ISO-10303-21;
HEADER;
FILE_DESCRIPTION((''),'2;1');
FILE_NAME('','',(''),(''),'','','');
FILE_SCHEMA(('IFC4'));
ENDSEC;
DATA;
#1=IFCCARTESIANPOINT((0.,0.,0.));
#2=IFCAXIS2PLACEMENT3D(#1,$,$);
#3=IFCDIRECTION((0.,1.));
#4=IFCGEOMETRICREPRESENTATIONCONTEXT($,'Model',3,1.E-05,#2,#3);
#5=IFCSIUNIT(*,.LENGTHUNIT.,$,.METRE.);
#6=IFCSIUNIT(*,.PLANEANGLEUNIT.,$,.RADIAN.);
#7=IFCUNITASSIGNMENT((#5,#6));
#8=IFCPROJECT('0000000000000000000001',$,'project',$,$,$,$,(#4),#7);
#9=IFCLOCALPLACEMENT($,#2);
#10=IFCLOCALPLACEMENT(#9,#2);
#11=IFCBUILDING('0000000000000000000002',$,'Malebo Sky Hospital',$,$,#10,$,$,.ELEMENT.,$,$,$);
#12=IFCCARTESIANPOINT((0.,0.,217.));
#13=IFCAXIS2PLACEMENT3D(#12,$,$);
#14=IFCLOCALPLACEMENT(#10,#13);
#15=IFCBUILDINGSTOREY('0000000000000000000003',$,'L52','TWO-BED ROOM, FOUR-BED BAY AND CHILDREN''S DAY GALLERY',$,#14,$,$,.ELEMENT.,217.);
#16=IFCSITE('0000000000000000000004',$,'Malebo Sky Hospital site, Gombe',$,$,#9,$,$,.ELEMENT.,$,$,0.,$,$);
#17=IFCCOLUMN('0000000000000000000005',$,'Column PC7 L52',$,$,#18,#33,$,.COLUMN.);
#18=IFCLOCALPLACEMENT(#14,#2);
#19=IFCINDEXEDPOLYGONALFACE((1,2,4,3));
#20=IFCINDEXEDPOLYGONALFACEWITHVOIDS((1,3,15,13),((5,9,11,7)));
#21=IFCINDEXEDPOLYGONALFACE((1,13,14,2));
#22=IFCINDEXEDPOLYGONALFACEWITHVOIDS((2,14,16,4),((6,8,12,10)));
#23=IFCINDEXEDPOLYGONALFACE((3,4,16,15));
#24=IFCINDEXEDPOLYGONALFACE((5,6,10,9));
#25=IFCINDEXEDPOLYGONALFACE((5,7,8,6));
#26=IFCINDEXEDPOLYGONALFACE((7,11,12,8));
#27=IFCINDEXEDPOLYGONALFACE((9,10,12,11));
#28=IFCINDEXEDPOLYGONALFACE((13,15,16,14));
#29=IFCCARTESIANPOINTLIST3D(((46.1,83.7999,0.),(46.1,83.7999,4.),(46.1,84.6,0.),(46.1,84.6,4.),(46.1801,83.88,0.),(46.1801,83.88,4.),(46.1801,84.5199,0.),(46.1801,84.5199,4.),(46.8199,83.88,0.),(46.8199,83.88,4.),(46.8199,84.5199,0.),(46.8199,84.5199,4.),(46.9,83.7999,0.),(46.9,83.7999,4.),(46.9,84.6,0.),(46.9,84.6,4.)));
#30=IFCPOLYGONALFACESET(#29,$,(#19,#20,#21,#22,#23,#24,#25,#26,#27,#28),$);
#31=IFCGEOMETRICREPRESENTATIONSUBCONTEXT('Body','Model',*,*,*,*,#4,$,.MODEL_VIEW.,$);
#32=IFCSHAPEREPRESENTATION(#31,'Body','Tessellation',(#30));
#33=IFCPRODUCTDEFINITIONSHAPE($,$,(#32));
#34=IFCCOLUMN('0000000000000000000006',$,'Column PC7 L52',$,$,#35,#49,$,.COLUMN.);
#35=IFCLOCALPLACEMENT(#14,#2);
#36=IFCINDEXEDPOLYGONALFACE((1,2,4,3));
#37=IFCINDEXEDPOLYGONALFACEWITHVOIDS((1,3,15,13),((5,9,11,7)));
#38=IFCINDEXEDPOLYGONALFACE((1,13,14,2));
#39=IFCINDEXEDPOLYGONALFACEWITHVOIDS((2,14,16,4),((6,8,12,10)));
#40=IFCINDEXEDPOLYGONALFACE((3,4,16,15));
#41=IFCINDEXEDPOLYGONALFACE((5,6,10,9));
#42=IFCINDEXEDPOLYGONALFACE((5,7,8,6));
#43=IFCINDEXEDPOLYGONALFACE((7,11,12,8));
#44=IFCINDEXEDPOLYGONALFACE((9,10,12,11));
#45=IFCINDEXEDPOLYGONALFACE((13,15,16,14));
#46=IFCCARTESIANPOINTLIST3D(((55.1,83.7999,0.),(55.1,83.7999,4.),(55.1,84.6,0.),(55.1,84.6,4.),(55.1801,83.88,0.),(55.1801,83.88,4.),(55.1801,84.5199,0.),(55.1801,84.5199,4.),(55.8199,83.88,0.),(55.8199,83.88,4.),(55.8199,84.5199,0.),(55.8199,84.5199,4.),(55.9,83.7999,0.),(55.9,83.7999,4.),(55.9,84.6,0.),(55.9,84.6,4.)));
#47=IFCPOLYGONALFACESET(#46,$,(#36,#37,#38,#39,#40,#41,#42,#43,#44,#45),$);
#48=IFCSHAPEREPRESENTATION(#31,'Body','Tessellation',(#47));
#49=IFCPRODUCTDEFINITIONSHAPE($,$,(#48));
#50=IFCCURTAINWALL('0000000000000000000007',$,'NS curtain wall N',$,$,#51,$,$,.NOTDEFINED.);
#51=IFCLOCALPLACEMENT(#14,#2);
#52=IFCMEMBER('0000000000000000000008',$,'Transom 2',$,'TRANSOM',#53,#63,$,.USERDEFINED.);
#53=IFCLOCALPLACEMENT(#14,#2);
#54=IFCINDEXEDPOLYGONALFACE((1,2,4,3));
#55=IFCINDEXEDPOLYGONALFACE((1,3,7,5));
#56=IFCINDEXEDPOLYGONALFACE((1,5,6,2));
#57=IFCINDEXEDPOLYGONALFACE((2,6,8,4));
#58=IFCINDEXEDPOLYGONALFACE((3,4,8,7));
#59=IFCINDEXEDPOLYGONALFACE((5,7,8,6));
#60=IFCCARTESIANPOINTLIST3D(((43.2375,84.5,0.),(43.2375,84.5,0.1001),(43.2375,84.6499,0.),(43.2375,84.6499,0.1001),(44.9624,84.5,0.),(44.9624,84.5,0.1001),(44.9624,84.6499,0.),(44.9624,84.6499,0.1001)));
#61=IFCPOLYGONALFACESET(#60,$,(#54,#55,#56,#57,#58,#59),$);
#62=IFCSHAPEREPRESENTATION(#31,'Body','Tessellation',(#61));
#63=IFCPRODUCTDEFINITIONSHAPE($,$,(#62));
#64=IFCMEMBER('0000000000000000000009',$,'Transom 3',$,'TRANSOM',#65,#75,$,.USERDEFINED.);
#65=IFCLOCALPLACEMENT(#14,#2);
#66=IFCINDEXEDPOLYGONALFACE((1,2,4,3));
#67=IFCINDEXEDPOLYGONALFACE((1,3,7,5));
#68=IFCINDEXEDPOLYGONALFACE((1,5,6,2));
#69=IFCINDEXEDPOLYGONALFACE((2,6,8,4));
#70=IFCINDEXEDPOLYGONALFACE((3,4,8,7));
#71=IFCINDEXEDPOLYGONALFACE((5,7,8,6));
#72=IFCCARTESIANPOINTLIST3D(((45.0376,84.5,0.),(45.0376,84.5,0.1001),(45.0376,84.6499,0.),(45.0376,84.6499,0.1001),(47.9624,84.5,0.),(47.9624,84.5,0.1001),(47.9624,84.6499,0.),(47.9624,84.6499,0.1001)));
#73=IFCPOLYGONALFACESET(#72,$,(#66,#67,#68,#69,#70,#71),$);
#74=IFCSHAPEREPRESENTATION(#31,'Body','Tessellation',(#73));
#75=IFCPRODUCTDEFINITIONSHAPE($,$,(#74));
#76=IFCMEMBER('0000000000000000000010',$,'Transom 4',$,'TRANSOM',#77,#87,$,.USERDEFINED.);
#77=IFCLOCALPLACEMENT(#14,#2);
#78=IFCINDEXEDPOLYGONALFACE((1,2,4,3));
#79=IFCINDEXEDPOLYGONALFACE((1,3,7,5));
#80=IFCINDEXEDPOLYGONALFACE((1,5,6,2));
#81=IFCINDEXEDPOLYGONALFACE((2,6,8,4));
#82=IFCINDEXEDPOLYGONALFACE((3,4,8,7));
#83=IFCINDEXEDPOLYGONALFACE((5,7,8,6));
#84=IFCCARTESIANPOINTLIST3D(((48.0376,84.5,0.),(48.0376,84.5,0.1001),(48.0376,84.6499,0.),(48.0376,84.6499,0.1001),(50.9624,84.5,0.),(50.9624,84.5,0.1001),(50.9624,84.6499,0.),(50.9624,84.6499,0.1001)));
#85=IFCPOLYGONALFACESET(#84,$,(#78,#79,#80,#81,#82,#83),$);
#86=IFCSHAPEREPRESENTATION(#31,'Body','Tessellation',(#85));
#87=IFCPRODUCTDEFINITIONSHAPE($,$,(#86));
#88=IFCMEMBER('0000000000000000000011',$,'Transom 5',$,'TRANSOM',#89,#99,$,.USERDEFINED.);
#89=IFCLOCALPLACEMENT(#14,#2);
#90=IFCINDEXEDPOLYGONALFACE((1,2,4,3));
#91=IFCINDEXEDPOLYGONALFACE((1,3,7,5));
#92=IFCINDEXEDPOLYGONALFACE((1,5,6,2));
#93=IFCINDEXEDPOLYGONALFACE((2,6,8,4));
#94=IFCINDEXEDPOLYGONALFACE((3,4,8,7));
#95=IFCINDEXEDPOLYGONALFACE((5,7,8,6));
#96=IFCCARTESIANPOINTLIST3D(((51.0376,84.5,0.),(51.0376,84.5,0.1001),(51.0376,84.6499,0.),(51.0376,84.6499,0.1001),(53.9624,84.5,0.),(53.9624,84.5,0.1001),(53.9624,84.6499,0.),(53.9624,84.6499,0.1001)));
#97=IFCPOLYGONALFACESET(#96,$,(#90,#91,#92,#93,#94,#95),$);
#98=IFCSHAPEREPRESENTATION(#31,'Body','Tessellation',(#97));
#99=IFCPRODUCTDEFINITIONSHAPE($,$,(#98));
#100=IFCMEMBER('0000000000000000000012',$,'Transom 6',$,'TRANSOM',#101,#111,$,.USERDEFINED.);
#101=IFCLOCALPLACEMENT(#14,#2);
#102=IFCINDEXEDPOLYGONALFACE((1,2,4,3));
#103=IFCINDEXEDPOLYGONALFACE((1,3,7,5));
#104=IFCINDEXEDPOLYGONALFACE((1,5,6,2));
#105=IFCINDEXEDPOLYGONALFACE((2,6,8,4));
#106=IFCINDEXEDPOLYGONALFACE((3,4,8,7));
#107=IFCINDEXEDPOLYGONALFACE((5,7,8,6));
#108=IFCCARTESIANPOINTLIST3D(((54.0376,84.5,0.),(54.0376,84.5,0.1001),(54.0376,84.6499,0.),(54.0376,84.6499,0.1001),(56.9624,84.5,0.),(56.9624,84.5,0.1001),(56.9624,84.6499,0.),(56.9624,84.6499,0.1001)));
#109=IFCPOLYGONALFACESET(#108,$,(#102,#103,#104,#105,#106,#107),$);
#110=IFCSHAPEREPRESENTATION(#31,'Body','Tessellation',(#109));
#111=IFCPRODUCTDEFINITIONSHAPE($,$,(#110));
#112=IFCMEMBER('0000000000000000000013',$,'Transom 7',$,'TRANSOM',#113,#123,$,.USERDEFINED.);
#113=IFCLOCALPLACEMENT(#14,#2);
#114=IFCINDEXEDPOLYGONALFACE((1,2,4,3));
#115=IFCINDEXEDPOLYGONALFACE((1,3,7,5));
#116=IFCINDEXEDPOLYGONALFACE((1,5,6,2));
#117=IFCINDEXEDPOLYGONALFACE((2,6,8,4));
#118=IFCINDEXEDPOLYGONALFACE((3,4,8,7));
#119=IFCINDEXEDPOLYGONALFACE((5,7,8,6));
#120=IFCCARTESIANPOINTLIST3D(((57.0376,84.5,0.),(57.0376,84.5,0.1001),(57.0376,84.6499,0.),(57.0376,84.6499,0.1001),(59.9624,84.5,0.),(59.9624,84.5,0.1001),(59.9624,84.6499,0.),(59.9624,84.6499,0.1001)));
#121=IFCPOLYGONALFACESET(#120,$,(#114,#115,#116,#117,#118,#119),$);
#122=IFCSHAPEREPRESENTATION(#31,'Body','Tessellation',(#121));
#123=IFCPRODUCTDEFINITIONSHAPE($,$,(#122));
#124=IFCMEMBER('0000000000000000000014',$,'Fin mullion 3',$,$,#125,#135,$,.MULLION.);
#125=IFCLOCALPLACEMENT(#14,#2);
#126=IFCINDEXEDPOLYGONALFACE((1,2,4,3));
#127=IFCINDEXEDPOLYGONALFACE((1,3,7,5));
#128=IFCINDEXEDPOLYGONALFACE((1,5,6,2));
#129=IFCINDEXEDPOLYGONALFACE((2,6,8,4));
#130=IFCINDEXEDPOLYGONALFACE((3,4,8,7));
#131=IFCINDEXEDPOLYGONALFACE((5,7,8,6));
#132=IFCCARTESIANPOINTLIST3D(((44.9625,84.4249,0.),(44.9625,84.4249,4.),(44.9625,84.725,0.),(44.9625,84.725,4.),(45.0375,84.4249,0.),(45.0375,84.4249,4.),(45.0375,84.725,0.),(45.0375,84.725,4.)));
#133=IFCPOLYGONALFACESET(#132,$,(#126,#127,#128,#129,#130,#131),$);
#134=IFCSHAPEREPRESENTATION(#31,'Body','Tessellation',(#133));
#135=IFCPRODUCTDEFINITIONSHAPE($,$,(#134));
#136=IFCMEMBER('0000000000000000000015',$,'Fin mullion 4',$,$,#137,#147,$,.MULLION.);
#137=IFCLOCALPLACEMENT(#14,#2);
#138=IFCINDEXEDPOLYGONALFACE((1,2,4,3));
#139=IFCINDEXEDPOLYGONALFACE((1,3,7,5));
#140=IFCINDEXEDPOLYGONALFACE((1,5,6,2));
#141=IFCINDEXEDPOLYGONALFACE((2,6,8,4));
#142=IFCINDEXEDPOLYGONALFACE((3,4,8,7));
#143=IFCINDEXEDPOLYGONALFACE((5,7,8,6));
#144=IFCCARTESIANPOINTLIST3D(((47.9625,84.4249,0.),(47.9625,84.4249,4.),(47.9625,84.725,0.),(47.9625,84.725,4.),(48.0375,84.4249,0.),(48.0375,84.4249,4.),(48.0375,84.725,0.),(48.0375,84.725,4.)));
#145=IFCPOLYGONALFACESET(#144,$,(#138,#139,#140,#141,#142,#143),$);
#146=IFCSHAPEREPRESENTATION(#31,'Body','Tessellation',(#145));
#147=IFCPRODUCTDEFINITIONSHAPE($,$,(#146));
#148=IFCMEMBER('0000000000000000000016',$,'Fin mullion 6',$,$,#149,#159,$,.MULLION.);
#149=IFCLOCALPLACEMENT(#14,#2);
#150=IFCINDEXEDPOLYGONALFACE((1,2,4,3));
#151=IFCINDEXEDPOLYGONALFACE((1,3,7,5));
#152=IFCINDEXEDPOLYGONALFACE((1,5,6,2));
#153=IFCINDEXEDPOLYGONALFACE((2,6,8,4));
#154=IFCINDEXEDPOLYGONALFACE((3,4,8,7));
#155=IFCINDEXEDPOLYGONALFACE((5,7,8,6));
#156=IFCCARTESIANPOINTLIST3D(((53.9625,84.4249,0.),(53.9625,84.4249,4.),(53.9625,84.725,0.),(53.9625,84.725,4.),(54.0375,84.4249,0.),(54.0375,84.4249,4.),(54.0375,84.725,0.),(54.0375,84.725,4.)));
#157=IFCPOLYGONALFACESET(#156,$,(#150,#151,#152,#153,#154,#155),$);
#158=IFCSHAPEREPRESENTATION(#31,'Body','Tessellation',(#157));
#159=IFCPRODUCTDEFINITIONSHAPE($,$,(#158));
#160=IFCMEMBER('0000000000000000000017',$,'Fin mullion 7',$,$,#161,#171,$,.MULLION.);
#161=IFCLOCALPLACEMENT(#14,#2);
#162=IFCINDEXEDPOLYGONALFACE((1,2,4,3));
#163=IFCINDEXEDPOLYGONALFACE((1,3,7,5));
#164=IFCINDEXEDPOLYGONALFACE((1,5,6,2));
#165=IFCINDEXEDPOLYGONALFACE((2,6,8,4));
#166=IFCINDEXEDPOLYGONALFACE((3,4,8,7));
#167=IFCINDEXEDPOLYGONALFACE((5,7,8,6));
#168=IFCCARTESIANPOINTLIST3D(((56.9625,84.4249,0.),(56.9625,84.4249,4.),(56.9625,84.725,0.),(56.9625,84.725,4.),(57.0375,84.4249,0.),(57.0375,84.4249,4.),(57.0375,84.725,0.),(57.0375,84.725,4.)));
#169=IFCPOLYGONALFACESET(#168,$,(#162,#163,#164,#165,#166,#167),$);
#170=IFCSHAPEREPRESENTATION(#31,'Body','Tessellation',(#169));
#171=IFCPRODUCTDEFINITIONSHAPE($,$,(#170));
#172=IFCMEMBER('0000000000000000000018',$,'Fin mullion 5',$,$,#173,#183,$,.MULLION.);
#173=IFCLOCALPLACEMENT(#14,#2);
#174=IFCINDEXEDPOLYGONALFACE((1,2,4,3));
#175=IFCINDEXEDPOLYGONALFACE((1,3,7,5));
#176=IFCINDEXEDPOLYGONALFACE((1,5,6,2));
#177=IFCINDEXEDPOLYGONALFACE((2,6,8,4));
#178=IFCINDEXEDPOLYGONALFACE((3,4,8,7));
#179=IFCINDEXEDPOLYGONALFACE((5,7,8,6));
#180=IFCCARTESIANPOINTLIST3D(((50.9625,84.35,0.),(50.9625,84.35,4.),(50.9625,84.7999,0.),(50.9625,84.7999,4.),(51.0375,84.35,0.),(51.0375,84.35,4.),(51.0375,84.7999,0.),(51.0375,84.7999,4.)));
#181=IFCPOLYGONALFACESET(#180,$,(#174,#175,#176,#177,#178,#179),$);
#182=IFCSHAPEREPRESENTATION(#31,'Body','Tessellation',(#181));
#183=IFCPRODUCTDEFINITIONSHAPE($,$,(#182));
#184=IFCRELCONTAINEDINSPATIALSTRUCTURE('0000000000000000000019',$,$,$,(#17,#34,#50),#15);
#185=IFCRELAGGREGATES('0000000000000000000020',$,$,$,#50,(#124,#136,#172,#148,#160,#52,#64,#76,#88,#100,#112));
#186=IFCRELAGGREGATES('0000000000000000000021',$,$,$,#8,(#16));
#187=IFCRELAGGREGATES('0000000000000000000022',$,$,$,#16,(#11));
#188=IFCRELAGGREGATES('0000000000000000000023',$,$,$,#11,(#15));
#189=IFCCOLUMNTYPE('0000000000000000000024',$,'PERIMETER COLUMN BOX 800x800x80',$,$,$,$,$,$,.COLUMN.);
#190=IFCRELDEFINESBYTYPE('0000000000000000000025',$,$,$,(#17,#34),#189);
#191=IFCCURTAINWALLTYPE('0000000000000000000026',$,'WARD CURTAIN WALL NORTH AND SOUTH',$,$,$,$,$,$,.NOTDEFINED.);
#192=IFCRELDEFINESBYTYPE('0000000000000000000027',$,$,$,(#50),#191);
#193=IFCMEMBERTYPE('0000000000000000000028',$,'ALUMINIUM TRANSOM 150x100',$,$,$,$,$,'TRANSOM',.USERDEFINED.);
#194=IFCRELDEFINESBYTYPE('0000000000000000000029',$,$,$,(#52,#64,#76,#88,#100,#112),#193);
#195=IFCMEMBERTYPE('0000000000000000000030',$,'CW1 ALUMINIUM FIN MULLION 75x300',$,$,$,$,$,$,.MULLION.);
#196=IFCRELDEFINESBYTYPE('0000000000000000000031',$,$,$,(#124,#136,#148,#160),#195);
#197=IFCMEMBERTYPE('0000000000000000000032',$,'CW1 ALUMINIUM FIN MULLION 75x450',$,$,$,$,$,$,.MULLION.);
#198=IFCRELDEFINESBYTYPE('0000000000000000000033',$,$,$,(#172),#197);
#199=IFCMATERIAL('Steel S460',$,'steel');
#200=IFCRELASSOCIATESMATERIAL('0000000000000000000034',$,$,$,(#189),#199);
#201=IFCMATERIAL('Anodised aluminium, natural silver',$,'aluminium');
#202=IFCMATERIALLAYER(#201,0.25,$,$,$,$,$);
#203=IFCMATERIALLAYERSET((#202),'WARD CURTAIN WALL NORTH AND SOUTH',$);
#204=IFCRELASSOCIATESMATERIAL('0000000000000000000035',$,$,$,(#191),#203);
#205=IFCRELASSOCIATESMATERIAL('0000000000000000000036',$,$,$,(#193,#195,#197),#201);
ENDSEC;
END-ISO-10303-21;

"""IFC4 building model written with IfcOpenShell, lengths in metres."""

from ifc_helpers import new_model, si_unit, direction, frame, origin, origin_2d, place, context, subcontext, project, spatial, rectangle, hollow_rectangle, extrude, material, layer, layer_set, material_profile, profile_set, type_object, element, aggregate, save


model = new_model("IFC4")

# Units and contexts
model_context = context("Model", 3, precision=1e-05, world=origin(), true_north=direction((0.0, 1.0)))
body_context = subcontext(model_context, "Body", "Model", "MODEL_VIEW")
ifc_project = project(units=[si_unit("LENGTHUNIT", "METRE"), si_unit("PLANEANGLEUNIT", "RADIAN")], contexts=[model_context])

# Site, building, storey
site_placement = place(None, origin())
site = spatial("IfcSite", under=ifc_project, at=site_placement, Name="Malebo Sky Hospital site, Gombe", CompositionType="ELEMENT", RefElevation=0.0)
building_placement = place(site_placement, origin())
building = spatial("IfcBuilding", under=site, at=building_placement, Name="Malebo Sky Hospital", CompositionType="ELEMENT")
storey_placement = place(building_placement, frame((0.0, 0.0, 217.0)))
storey = spatial("IfcBuildingStorey", under=building, at=storey_placement, Name="L52", Description="TWO-BED ROOM, FOUR-BED BAY AND CHILDREN'S DAY GALLERY", CompositionType="ELEMENT", Elevation=217.0)

# Columns
ifc_material_1 = material(Name="Steel S460", Category="steel")
ifc_material_profile_1 = material_profile(ifc_material_1, hollow_rectangle(XDim=0.8, YDim=0.8, WallThickness=0.0801, at=origin_2d()), Name="BOX 800x800x80")
ifc_profile_set_1 = profile_set([ifc_material_profile_1], Name="Steel S460")
column_type = type_object("IfcColumnType", Name="PERIMETER COLUMN BOX 800x800x80", PredefinedType="COLUMN", material=ifc_profile_set_1)
for number, where, z_axis, x_axis, name in (
    (1, (46.5, 84.2, 0.0), (0.0, 0.0, 1.0), (1.0, 0.0, 0.0), "Column PC7 L52"),
    (2, (55.5, 84.2, 0.0), (0.0, 0.0, 1.0), (1.0, 0.0, 0.0), "Column PC7 L52"),
):
    element("IfcColumn", number, at=place(storey_placement, frame(where, z_axis=z_axis, x_axis=x_axis)), inside=storey, type_object=column_type, Name=name, PredefinedType="COLUMN", context=body_context, shape_type="SweptSolid", body=[
        extrude(hollow_rectangle(XDim=0.8, YDim=0.8, WallThickness=0.0801, at=origin_2d()), origin(), (0.0, 0.0, 1.0), 4.0),
    ])

# Curtain wall, members
ifc_material_2 = material(Name="Anodised aluminium, natural silver", Category="aluminium")
ifc_layer_1 = layer(ifc_material_2, 0.25)
ifc_layer_set_1 = layer_set([ifc_layer_1], Name="WARD CURTAIN WALL NORTH AND SOUTH")
curtain_wall_type = type_object("IfcCurtainWallType", Name="WARD CURTAIN WALL NORTH AND SOUTH", PredefinedType="NOTDEFINED", material=ifc_layer_set_1)
curtain_wall_placement = place(storey_placement, origin())
curtain_wall = element("IfcCurtainWall", 3, at=curtain_wall_placement, inside=storey, type_object=curtain_wall_type, Name="NS curtain wall N", PredefinedType="NOTDEFINED")
ifc_material_profile_2 = material_profile(ifc_material_2, rectangle(XDim=0.1499, YDim=0.1001, at=origin_2d()), Name="ALUMINIUM TRANSOM 150x100")
ifc_profile_set_2 = profile_set([ifc_material_profile_2], Name="Anodised aluminium, natural silver")
member_type_1 = type_object("IfcMemberType", Name="ALUMINIUM TRANSOM 150x100", ElementType="TRANSOM", PredefinedType="USERDEFINED", material=ifc_profile_set_2)
member_1_placement = place(storey_placement, frame((43.2375, 84.575, 0.05), z_axis=(1.0, 0.0, 0.0), x_axis=(0.0, 1.0, 0.0)))
member_1 = element("IfcMember", 4, at=member_1_placement, type_object=member_type_1, Name="Transom 2", ObjectType="TRANSOM", PredefinedType="USERDEFINED", context=body_context, shape_type="SweptSolid", body=[
    extrude(rectangle(XDim=0.1499, YDim=0.1001, at=origin_2d()), origin(), (0.0, 0.0, 1.0), 1.7249),
])
member_2_placement = place(storey_placement, frame((45.0376, 84.575, 0.05), z_axis=(1.0, 0.0, 0.0), x_axis=(0.0, 1.0, 0.0)))
member_2 = element("IfcMember", 5, at=member_2_placement, type_object=member_type_1, Name="Transom 3", ObjectType="TRANSOM", PredefinedType="USERDEFINED", context=body_context, shape_type="SweptSolid", body=[
    extrude(rectangle(XDim=0.1499, YDim=0.1001, at=origin_2d()), origin(), (0.0, 0.0, 1.0), 2.9248),
])
member_3_placement = place(storey_placement, frame((48.0376, 84.575, 0.05), z_axis=(1.0, 0.0, 0.0), x_axis=(0.0, 1.0, 0.0)))
member_3 = element("IfcMember", 6, at=member_3_placement, type_object=member_type_1, Name="Transom 4", ObjectType="TRANSOM", PredefinedType="USERDEFINED", context=body_context, shape_type="SweptSolid", body=[
    extrude(rectangle(XDim=0.1499, YDim=0.1001, at=origin_2d()), origin(), (0.0, 0.0, 1.0), 2.9248),
])
member_4_placement = place(storey_placement, frame((51.0376, 84.575, 0.05), z_axis=(1.0, 0.0, 0.0), x_axis=(0.0, 1.0, 0.0)))
member_4 = element("IfcMember", 7, at=member_4_placement, type_object=member_type_1, Name="Transom 5", ObjectType="TRANSOM", PredefinedType="USERDEFINED", context=body_context, shape_type="SweptSolid", body=[
    extrude(rectangle(XDim=0.1499, YDim=0.1001, at=origin_2d()), origin(), (0.0, 0.0, 1.0), 2.9248),
])
member_5_placement = place(storey_placement, frame((54.0376, 84.575, 0.05), z_axis=(1.0, 0.0, 0.0), x_axis=(0.0, 1.0, 0.0)))
member_5 = element("IfcMember", 8, at=member_5_placement, type_object=member_type_1, Name="Transom 6", ObjectType="TRANSOM", PredefinedType="USERDEFINED", context=body_context, shape_type="SweptSolid", body=[
    extrude(rectangle(XDim=0.1499, YDim=0.1001, at=origin_2d()), origin(), (0.0, 0.0, 1.0), 2.9248),
])
member_6_placement = place(storey_placement, frame((57.0376, 84.575, 0.05), z_axis=(1.0, 0.0, 0.0), x_axis=(0.0, 1.0, 0.0)))
member_6 = element("IfcMember", 9, at=member_6_placement, type_object=member_type_1, Name="Transom 7", ObjectType="TRANSOM", PredefinedType="USERDEFINED", context=body_context, shape_type="SweptSolid", body=[
    extrude(rectangle(XDim=0.1499, YDim=0.1001, at=origin_2d()), origin(), (0.0, 0.0, 1.0), 2.9248),
])
ifc_material_profile_3 = material_profile(ifc_material_2, rectangle(XDim=0.075, YDim=0.3, at=origin_2d()), Name="CW1 ALUMINIUM FIN MULLION 75x300")
ifc_profile_set_3 = profile_set([ifc_material_profile_3], Name="Anodised aluminium, natural silver")
member_type_2 = type_object("IfcMemberType", Name="CW1 ALUMINIUM FIN MULLION 75x300", PredefinedType="MULLION", material=ifc_profile_set_3)
member_7_placement = place(storey_placement, frame((45.0, 84.575, 0.0), z_axis=(0.0, 0.0, 1.0), x_axis=(1.0, 0.0, 0.0)))
member_7 = element("IfcMember", 10, at=member_7_placement, type_object=member_type_2, Name="Fin mullion 3", PredefinedType="MULLION", context=body_context, shape_type="SweptSolid", body=[
    extrude(rectangle(XDim=0.075, YDim=0.3, at=origin_2d()), origin(), (0.0, 0.0, 1.0), 4.0),
])
member_8_placement = place(storey_placement, frame((48.0, 84.575, 0.0), z_axis=(0.0, 0.0, 1.0), x_axis=(1.0, 0.0, 0.0)))
member_8 = element("IfcMember", 11, at=member_8_placement, type_object=member_type_2, Name="Fin mullion 4", PredefinedType="MULLION", context=body_context, shape_type="SweptSolid", body=[
    extrude(rectangle(XDim=0.075, YDim=0.3, at=origin_2d()), origin(), (0.0, 0.0, 1.0), 4.0),
])
member_9_placement = place(storey_placement, frame((54.0, 84.575, 0.0), z_axis=(0.0, 0.0, 1.0), x_axis=(1.0, 0.0, 0.0)))
member_9 = element("IfcMember", 12, at=member_9_placement, type_object=member_type_2, Name="Fin mullion 6", PredefinedType="MULLION", context=body_context, shape_type="SweptSolid", body=[
    extrude(rectangle(XDim=0.075, YDim=0.3, at=origin_2d()), origin(), (0.0, 0.0, 1.0), 4.0),
])
member_10_placement = place(storey_placement, frame((57.0, 84.575, 0.0), z_axis=(0.0, 0.0, 1.0), x_axis=(1.0, 0.0, 0.0)))
member_10 = element("IfcMember", 13, at=member_10_placement, type_object=member_type_2, Name="Fin mullion 7", PredefinedType="MULLION", context=body_context, shape_type="SweptSolid", body=[
    extrude(rectangle(XDim=0.075, YDim=0.3, at=origin_2d()), origin(), (0.0, 0.0, 1.0), 4.0),
])
ifc_material_profile_4 = material_profile(ifc_material_2, rectangle(XDim=0.075, YDim=0.45, at=origin_2d()), Name="CW1 ALUMINIUM FIN MULLION 75x450")
ifc_profile_set_4 = profile_set([ifc_material_profile_4], Name="Anodised aluminium, natural silver")
member_type_3 = type_object("IfcMemberType", Name="CW1 ALUMINIUM FIN MULLION 75x450", PredefinedType="MULLION", material=ifc_profile_set_4)
member_11_placement = place(storey_placement, frame((51.0, 84.575, 0.0), z_axis=(0.0, 0.0, 1.0), x_axis=(1.0, 0.0, 0.0)))
member_11 = element("IfcMember", 14, at=member_11_placement, type_object=member_type_3, Name="Fin mullion 5", PredefinedType="MULLION", context=body_context, shape_type="SweptSolid", body=[
    extrude(rectangle(XDim=0.075, YDim=0.45, at=origin_2d()), origin(), (0.0, 0.0, 1.0), 4.0),
])

aggregate(curtain_wall, [member_7, member_8, member_11, member_9, member_10, member_1, member_2, member_3, member_4, member_5, member_6])

save(model, "model.ifc")
